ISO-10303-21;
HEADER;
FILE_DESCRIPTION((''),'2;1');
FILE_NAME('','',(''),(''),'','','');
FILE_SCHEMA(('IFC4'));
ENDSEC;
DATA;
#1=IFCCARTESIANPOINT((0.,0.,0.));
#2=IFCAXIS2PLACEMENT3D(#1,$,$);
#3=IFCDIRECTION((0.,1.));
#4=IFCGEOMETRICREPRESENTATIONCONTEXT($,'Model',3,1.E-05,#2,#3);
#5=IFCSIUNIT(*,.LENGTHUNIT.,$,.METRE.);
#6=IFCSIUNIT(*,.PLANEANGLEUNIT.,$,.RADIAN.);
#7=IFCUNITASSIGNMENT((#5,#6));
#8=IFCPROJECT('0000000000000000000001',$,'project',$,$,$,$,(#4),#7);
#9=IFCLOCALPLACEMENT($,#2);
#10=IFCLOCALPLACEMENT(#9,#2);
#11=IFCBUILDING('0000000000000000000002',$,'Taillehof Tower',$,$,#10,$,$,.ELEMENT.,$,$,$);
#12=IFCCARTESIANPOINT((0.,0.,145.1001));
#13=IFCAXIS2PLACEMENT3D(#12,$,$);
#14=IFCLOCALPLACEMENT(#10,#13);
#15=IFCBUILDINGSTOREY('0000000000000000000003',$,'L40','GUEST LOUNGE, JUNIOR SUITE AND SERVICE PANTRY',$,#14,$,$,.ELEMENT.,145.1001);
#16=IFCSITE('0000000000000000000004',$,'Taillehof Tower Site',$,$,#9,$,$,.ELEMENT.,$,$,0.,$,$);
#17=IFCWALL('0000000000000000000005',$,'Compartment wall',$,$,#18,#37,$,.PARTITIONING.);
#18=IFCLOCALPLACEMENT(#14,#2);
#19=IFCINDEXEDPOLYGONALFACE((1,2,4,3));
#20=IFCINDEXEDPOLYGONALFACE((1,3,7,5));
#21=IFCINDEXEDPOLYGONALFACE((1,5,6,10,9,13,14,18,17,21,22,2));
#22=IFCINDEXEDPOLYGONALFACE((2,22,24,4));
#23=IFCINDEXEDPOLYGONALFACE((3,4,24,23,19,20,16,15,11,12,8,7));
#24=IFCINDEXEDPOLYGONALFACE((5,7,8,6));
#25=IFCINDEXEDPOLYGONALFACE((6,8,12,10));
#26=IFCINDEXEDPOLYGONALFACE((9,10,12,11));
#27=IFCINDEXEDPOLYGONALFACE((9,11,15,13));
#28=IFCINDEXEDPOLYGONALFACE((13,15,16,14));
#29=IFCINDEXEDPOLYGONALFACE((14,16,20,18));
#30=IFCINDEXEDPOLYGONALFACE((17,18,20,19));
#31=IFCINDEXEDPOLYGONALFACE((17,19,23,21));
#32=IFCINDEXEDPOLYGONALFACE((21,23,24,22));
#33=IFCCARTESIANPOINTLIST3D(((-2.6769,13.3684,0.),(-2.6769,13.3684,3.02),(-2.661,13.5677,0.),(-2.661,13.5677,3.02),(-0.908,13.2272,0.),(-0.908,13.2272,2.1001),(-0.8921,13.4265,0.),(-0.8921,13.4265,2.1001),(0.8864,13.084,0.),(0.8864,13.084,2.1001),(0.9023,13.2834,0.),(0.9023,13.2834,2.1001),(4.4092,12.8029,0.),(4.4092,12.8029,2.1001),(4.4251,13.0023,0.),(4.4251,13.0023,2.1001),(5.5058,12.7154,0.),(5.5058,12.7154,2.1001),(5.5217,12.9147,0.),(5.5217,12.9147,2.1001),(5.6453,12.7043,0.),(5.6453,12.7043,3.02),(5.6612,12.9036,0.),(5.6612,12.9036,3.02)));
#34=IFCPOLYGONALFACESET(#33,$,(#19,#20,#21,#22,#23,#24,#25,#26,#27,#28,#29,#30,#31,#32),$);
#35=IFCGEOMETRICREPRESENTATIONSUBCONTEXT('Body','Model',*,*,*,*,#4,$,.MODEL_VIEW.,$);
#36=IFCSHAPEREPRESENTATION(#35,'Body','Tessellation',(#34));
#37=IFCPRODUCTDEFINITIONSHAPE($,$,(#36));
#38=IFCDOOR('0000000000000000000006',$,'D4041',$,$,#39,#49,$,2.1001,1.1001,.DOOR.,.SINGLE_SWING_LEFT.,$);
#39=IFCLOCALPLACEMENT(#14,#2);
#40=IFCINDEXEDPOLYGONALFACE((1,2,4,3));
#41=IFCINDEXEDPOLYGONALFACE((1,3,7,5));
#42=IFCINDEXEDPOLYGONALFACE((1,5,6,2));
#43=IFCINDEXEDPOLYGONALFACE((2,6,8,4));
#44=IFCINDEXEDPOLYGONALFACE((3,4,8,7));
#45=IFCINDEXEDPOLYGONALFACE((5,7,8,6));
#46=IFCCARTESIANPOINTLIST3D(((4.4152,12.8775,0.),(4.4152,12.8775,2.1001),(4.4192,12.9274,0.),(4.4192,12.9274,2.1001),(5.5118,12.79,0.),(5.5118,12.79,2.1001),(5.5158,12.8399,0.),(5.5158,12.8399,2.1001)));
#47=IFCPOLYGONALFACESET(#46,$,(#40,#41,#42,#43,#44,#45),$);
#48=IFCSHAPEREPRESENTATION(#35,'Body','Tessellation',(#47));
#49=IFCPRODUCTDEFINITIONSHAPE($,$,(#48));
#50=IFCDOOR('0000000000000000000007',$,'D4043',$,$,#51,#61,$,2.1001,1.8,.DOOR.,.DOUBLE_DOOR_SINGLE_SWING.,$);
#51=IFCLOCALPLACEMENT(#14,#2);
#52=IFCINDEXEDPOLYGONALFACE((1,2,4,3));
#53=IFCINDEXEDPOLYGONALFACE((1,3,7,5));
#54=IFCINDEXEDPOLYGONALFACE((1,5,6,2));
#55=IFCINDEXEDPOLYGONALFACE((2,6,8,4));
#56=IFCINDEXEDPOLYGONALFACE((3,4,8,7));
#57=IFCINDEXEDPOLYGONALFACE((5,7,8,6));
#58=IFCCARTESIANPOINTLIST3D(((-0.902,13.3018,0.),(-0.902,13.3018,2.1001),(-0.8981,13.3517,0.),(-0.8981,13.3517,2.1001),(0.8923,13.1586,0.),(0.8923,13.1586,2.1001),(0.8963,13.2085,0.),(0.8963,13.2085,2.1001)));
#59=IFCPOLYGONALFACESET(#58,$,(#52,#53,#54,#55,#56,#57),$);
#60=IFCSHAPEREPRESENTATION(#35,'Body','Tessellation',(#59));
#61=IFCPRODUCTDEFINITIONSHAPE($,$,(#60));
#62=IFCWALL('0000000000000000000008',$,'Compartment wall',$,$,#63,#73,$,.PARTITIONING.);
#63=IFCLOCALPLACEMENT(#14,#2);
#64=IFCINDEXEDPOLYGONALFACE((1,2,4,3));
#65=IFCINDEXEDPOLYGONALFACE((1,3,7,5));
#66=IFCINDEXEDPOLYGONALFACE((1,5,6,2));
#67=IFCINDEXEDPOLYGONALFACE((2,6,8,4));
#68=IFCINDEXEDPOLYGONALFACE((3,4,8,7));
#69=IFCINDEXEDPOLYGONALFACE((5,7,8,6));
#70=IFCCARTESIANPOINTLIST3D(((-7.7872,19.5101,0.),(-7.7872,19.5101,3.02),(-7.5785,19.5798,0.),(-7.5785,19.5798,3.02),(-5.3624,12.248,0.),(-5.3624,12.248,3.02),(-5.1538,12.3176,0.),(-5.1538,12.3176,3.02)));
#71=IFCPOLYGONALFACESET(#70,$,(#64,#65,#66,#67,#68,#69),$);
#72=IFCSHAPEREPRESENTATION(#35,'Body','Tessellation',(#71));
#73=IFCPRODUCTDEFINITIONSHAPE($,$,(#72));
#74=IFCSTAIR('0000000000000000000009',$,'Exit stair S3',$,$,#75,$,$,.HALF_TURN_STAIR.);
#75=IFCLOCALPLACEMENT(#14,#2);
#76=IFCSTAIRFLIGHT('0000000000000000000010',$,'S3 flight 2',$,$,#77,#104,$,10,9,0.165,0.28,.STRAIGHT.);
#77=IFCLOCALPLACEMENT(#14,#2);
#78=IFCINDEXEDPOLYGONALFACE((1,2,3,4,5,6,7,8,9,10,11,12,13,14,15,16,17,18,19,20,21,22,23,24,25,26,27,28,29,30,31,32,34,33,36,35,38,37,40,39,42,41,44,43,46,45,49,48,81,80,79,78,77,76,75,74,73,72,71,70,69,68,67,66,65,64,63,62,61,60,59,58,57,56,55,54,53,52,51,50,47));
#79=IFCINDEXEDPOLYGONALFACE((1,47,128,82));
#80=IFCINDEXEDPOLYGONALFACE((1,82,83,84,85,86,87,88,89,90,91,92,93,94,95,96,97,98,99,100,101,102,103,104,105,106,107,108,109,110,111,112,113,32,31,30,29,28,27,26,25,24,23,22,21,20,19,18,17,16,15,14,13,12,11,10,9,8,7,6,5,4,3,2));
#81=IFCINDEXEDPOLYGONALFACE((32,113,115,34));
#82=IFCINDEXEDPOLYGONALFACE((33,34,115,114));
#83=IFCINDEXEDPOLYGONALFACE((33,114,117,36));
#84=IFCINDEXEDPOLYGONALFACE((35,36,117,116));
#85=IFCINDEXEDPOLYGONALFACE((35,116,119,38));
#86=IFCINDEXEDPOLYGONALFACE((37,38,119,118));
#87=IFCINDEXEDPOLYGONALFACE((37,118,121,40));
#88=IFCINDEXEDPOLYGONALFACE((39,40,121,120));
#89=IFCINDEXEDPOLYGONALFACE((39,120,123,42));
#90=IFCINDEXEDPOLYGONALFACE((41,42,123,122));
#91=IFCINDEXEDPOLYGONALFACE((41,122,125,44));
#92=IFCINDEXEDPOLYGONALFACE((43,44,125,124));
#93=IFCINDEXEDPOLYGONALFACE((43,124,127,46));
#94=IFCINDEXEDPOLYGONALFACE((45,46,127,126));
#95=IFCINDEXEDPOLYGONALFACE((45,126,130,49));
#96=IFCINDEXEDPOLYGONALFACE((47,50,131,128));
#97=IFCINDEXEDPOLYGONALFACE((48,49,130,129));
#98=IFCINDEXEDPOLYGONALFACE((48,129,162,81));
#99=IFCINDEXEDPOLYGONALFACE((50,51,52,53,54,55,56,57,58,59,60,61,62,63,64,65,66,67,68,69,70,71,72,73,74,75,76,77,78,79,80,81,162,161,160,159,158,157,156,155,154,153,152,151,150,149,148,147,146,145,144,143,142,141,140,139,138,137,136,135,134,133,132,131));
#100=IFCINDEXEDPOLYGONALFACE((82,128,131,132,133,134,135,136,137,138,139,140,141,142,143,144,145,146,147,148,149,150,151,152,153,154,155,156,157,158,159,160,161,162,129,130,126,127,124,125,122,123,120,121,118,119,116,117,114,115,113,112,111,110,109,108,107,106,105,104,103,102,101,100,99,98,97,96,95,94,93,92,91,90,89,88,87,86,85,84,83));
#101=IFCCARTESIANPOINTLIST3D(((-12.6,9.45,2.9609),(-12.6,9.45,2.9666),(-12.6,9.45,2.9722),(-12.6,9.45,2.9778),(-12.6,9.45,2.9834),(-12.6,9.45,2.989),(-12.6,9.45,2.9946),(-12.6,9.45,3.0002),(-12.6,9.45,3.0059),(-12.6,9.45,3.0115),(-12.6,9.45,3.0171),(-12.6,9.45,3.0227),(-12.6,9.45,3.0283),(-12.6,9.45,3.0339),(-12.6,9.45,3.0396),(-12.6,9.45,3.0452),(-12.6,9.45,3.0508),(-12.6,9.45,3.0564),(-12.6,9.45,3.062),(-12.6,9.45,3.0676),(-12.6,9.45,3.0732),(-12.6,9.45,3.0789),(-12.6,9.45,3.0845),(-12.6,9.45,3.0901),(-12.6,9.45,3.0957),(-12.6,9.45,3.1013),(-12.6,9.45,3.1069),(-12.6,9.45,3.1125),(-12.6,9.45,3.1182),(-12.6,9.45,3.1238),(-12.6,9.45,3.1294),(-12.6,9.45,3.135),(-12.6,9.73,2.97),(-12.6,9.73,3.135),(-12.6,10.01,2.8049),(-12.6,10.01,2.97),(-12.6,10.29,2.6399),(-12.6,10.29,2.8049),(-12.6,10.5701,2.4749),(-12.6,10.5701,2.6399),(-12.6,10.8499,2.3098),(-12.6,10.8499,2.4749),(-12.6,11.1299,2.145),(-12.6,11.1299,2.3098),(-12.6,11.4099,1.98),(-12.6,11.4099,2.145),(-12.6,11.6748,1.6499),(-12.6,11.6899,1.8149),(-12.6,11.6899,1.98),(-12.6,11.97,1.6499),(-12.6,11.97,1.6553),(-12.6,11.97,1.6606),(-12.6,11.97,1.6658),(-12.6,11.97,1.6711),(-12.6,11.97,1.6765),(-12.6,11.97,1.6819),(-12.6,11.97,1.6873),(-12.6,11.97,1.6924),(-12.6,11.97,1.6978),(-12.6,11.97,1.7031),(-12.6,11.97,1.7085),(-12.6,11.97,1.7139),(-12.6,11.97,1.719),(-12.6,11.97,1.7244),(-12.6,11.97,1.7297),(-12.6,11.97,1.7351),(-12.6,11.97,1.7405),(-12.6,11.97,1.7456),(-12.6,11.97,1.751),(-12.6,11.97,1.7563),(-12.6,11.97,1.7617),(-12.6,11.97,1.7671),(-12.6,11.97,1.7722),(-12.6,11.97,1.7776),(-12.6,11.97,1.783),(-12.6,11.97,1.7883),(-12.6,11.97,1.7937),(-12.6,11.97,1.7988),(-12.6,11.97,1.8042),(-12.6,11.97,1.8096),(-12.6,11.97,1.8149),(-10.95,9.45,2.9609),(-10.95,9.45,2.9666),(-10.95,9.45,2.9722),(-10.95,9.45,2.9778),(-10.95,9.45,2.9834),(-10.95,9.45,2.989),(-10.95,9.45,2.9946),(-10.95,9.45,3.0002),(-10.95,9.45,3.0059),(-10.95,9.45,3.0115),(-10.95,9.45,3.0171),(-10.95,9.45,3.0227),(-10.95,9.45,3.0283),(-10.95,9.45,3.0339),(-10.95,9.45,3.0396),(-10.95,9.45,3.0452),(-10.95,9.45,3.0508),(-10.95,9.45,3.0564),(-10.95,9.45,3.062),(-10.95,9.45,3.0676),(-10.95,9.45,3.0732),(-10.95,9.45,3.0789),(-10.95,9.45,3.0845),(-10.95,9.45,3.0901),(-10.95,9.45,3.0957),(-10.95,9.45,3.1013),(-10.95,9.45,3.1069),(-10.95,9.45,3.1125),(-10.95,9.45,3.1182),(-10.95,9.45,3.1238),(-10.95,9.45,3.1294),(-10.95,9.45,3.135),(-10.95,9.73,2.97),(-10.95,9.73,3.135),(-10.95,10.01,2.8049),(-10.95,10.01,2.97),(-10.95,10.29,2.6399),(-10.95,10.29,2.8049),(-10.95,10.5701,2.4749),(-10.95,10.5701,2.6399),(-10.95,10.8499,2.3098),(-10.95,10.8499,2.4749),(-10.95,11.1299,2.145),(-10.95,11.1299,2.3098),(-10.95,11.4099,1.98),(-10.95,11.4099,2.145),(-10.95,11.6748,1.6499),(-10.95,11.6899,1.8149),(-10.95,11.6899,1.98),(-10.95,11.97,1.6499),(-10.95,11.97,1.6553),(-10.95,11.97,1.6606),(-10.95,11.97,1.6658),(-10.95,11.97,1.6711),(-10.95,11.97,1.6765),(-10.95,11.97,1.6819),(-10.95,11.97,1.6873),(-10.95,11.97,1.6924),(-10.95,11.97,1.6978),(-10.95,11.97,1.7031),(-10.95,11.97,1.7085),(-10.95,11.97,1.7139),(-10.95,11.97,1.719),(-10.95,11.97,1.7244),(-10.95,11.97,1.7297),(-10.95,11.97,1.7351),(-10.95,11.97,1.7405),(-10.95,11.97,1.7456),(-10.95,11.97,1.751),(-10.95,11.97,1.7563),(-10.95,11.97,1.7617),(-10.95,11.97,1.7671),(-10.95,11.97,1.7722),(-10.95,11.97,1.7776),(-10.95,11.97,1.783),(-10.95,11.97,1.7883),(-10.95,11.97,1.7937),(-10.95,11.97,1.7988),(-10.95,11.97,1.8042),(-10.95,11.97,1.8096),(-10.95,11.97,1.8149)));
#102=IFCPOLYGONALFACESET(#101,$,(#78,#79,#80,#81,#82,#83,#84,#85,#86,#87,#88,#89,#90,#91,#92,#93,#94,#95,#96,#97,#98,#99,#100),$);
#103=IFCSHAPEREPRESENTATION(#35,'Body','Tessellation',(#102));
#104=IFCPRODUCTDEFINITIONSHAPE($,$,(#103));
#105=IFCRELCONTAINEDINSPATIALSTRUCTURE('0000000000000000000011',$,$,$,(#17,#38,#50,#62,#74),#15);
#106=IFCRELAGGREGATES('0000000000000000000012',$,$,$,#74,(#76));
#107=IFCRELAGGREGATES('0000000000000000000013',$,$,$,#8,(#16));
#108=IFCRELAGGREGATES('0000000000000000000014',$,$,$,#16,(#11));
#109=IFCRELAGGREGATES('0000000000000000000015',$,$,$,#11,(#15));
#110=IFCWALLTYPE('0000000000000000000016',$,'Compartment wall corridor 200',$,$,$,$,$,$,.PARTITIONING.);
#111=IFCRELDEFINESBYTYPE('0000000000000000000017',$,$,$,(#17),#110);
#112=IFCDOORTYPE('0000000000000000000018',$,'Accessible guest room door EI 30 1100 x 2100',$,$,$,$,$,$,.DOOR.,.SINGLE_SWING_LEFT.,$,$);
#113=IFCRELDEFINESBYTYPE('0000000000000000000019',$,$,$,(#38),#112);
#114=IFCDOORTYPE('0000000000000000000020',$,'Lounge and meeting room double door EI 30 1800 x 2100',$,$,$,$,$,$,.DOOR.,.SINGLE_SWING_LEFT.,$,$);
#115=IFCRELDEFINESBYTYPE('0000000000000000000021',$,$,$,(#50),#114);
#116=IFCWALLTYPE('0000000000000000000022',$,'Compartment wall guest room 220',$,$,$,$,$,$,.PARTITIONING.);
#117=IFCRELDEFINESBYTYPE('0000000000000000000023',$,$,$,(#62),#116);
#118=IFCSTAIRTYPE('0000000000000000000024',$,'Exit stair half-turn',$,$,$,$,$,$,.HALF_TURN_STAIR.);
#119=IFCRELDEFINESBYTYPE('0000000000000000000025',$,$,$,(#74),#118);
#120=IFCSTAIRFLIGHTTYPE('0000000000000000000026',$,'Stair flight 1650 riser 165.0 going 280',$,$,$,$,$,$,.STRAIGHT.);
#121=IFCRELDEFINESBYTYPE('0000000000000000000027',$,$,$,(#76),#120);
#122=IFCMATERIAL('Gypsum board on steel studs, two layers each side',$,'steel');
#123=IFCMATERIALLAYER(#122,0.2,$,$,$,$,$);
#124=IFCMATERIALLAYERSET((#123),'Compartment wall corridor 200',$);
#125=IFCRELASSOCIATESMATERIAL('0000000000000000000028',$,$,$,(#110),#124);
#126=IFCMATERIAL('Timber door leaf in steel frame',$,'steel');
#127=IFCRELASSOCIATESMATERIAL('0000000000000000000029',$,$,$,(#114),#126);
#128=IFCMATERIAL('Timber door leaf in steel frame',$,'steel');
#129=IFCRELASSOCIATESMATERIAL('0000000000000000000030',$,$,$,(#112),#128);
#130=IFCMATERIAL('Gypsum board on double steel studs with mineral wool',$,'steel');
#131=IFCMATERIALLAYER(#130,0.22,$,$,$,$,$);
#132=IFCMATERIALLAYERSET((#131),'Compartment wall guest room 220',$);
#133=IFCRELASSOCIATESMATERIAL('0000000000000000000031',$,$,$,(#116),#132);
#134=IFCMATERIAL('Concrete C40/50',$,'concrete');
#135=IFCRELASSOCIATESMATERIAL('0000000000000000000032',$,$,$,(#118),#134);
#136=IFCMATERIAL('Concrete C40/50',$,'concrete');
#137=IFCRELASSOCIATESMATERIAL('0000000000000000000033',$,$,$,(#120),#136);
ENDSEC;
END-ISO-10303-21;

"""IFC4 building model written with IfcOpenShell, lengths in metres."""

from ifc_helpers import new_model, si_unit, direction, frame, frame_2d, origin, place, context, subcontext, project, spatial, polyline, rectangle, outline, extrude, material, layer, layer_set, type_object, element, fill, aggregate, save


model = new_model("IFC4")

# Units and contexts
model_context = context("Model", 3, precision=1e-05, world=origin(), true_north=direction((0.0, 1.0)))
body_context = subcontext(model_context, "Body", "Model", "MODEL_VIEW")
ifc_project = project(units=[si_unit("LENGTHUNIT", "METRE"), si_unit("PLANEANGLEUNIT", "RADIAN")], contexts=[model_context])

# Site, building, storey
site_placement = place(None, origin())
site = spatial("IfcSite", under=ifc_project, at=site_placement, Name="Taillehof Tower Site", CompositionType="ELEMENT", RefElevation=0.0)
building_placement = place(site_placement, origin())
building = spatial("IfcBuilding", under=site, at=building_placement, Name="Taillehof Tower", CompositionType="ELEMENT")
storey_placement = place(building_placement, frame((0.0, 0.0, 145.1001)))
storey = spatial("IfcBuildingStorey", under=building, at=storey_placement, Name="L40", Description="GUEST LOUNGE, JUNIOR SUITE AND SERVICE PANTRY", CompositionType="ELEMENT", Elevation=145.1001)

# Shared definitions
ifc_material_1 = material(Name="Gypsum board on steel studs, two layers each side", Category="steel")
ifc_layer_1 = layer(ifc_material_1, 0.2)
ifc_layer_set_1 = layer_set([ifc_layer_1], Name="Compartment wall corridor 200")
wall_type_1 = type_object("IfcWallType", Name="Compartment wall corridor 200", PredefinedType="PARTITIONING", material=ifc_layer_set_1)

# Shared definitions
ifc_material_2 = material(Name="Timber door leaf in steel frame", Category="steel")
door_type_1 = type_object("IfcDoorType", Name="Lounge and meeting room double door EI 30 1800 x 2100", OperationType="SINGLE_SWING_LEFT", PredefinedType="DOOR", material=ifc_material_2)

# Wall, openings, doors
wall_1_placement = place(storey_placement, frame((-2.6689, 13.468, 0.0), z_axis=(0.0, 0.0, 1.0), x_axis=(0.996832, -0.079541, 0.0)))
wall_1 = element("IfcWall", 1, at=wall_1_placement, inside=storey, type_object=wall_type_1, Name="Compartment wall", PredefinedType="PARTITIONING", context=body_context, shape_type="SweptSolid", body=[
    extrude(rectangle(XDim=8.3486, YDim=0.2, at=frame_2d((4.1743, 0.0))), origin(), (0.0, 0.0, 1.0), 3.02),
])
opening_1_placement = place(wall_1_placement, frame((7.1086, 0.0, 0.0)))
opening_1 = element("IfcOpeningElement", 2, at=opening_1_placement, cuts=wall_1, PredefinedType="OPENING", context=body_context, shape_type="SweptSolid", body=[
    extrude(rectangle(XDim=1.1001, YDim=2.1001, at=frame_2d((0.55, 1.05))), frame((0.0, 0.1099, 0.0), z_axis=(0.0, -1.0, 0.0), x_axis=(1.0, 0.0, 0.0)), (0.0, 0.0, 1.0), 0.22),
])
opening_2_placement = place(wall_1_placement, frame((1.7747, 0.0, 0.0)))
opening_2 = element("IfcOpeningElement", 3, at=opening_2_placement, cuts=wall_1, PredefinedType="OPENING", context=body_context, shape_type="SweptSolid", body=[
    extrude(rectangle(XDim=1.8, YDim=2.1001, at=frame_2d((0.8999, 1.05))), frame((0.0, 0.1099, 0.0), z_axis=(0.0, -1.0, 0.0), x_axis=(1.0, 0.0, 0.0)), (0.0, 0.0, 1.0), 0.22),
])
ifc_material_3 = material(Name="Timber door leaf in steel frame", Category="steel")
door_type_2 = type_object("IfcDoorType", Name="Accessible guest room door EI 30 1100 x 2100", OperationType="SINGLE_SWING_LEFT", PredefinedType="DOOR", material=ifc_material_3)
door_1_placement = place(opening_1_placement, origin())
door_1 = element("IfcDoor", 4, at=door_1_placement, inside=storey, type_object=door_type_2, Name="D4041", OperationType="SINGLE_SWING_LEFT", OverallHeight=2.1001, OverallWidth=1.1001, PredefinedType="DOOR", context=body_context, shape_type="SweptSolid", body=[
    extrude(rectangle(XDim=1.1001, YDim=2.1001, at=frame_2d((0.55, 1.05))), frame((0.0, 0.0249, 0.0), z_axis=(0.0, -1.0, 0.0), x_axis=(1.0, 0.0, 0.0)), (0.0, 0.0, 1.0), 0.05),
])
fill(opening_1, door_1)
door_2_placement = place(opening_2_placement, origin())
door_2 = element("IfcDoor", 5, at=door_2_placement, inside=storey, type_object=door_type_1, Name="D4043", OperationType="DOUBLE_DOOR_SINGLE_SWING", OverallHeight=2.1001, OverallWidth=1.8, PredefinedType="DOOR", context=body_context, shape_type="SweptSolid", body=[
    extrude(rectangle(XDim=1.8, YDim=2.1001, at=frame_2d((0.8999, 1.05))), frame((0.0, 0.0249, 0.0), z_axis=(0.0, -1.0, 0.0), x_axis=(1.0, 0.0, 0.0)), (0.0, 0.0, 1.0), 0.05),
])
fill(opening_2, door_2)

# Wall
ifc_material_4 = material(Name="Gypsum board on double steel studs with mineral wool", Category="steel")
ifc_layer_2 = layer(ifc_material_4, 0.22)
ifc_layer_set_2 = layer_set([ifc_layer_2], Name="Compartment wall guest room 220")
wall_type_2 = type_object("IfcWallType", Name="Compartment wall guest room 220", PredefinedType="PARTITIONING", material=ifc_layer_set_2)
wall_2_placement = place(storey_placement, frame((-7.6829, 19.5449, 0.0), z_axis=(0.0, 0.0, 1.0), x_axis=(0.316706, -0.948524, 0.0)))
element("IfcWall", 6, at=wall_2_placement, inside=storey, type_object=wall_type_2, Name="Compartment wall", PredefinedType="PARTITIONING", context=body_context, shape_type="SweptSolid", body=[
    extrude(rectangle(XDim=7.6562, YDim=0.22, at=frame_2d((3.8281, 0.0))), origin(), (0.0, 0.0, 1.0), 3.02),
])

# Stair, stair flight
ifc_material_5 = material(Name="Concrete C40/50", Category="concrete")
stair_type = type_object("IfcStairType", Name="Exit stair half-turn", PredefinedType="HALF_TURN_STAIR", material=ifc_material_5)
stair_placement = place(storey_placement, origin())
stair = element("IfcStair", 7, at=stair_placement, inside=storey, type_object=stair_type, Name="Exit stair S3", PredefinedType="HALF_TURN_STAIR")
ifc_material_6 = material(Name="Concrete C40/50", Category="concrete")
stair_flight_type = type_object("IfcStairFlightType", Name="Stair flight 1650 riser 165.0 going 280", PredefinedType="STRAIGHT", material=ifc_material_6)
stair_flight_placement = place(storey_placement, frame((-11.7749, 11.97, 1.6499), z_axis=(0.0, 0.0, 1.0), x_axis=(0.0, -1.0, 0.0)))
stair_flight = element("IfcStairFlight", 8, at=stair_flight_placement, type_object=stair_flight_type, Name="S3 flight 2", NumberOfRisers=10, NumberOfTreads=9, PredefinedType="STRAIGHT", RiserHeight=0.165, TreadLength=0.28, context=body_context, shape_type="SweptSolid", body=[
    extrude(outline(polyline([(0.0, 0.0), (0.0, 0.0054), (0.0, 0.0107), (0.0, 0.0159), (0.0, 0.0212), (0.0, 0.0266), (0.0, 0.032), (0.0, 0.0374), (0.0, 0.0425), (0.0, 0.0479), (0.0, 0.0532), (0.0, 0.0586), (0.0, 0.064), (0.0, 0.0691), (0.0, 0.0745), (0.0, 0.0798), (0.0, 0.0852), (0.0, 0.0906), (0.0, 0.0957), (0.0, 0.1011), (0.0, 0.1064), (0.0, 0.1118), (0.0, 0.1172), (0.0, 0.1223), (0.0, 0.1277), (0.0, 0.1331), (0.0, 0.1384), (0.0, 0.1438), (0.0, 0.1489), (0.0, 0.1543), (0.0, 0.1597), (0.0, 0.165), (0.28, 0.165), (0.28, 0.3301), (0.5601, 0.3301), (0.5601, 0.4951), (0.8401, 0.4951), (0.8401, 0.6599), (1.1201, 0.6599), (1.1201, 0.825), (1.3999, 0.825), (1.3999, 0.99), (1.6799, 0.99), (1.6799, 1.155), (1.96, 1.155), (1.96, 1.3201), (2.24, 1.3201), (2.24, 1.4851), (2.52, 1.4851), (2.52, 1.4795), (2.52, 1.4739), (2.52, 1.4683), (2.52, 1.4626), (2.52, 1.457), (2.52, 1.4514), (2.52, 1.4458), (2.52, 1.4402), (2.52, 1.4346), (2.52, 1.429), (2.52, 1.4233), (2.52, 1.4177), (2.52, 1.4121), (2.52, 1.4065), (2.52, 1.4009), (2.52, 1.3953), (2.52, 1.3896), (2.52, 1.384), (2.52, 1.3784), (2.52, 1.3728), (2.52, 1.3672), (2.52, 1.3616), (2.52, 1.356), (2.52, 1.3503), (2.52, 1.3447), (2.52, 1.3391), (2.52, 1.3335), (2.52, 1.3279), (2.52, 1.3223), (2.52, 1.3167), (2.52, 1.311), (0.2952, 0.0), (0.0, 0.0)])), frame((0.0, 0.825, 0.0), z_axis=(0.0, -1.0, 0.0), x_axis=(1.0, 0.0, 0.0)), (0.0, 0.0, 1.0), 1.65),
])
aggregate(stair, [stair_flight])

save(model, "model.ifc")
